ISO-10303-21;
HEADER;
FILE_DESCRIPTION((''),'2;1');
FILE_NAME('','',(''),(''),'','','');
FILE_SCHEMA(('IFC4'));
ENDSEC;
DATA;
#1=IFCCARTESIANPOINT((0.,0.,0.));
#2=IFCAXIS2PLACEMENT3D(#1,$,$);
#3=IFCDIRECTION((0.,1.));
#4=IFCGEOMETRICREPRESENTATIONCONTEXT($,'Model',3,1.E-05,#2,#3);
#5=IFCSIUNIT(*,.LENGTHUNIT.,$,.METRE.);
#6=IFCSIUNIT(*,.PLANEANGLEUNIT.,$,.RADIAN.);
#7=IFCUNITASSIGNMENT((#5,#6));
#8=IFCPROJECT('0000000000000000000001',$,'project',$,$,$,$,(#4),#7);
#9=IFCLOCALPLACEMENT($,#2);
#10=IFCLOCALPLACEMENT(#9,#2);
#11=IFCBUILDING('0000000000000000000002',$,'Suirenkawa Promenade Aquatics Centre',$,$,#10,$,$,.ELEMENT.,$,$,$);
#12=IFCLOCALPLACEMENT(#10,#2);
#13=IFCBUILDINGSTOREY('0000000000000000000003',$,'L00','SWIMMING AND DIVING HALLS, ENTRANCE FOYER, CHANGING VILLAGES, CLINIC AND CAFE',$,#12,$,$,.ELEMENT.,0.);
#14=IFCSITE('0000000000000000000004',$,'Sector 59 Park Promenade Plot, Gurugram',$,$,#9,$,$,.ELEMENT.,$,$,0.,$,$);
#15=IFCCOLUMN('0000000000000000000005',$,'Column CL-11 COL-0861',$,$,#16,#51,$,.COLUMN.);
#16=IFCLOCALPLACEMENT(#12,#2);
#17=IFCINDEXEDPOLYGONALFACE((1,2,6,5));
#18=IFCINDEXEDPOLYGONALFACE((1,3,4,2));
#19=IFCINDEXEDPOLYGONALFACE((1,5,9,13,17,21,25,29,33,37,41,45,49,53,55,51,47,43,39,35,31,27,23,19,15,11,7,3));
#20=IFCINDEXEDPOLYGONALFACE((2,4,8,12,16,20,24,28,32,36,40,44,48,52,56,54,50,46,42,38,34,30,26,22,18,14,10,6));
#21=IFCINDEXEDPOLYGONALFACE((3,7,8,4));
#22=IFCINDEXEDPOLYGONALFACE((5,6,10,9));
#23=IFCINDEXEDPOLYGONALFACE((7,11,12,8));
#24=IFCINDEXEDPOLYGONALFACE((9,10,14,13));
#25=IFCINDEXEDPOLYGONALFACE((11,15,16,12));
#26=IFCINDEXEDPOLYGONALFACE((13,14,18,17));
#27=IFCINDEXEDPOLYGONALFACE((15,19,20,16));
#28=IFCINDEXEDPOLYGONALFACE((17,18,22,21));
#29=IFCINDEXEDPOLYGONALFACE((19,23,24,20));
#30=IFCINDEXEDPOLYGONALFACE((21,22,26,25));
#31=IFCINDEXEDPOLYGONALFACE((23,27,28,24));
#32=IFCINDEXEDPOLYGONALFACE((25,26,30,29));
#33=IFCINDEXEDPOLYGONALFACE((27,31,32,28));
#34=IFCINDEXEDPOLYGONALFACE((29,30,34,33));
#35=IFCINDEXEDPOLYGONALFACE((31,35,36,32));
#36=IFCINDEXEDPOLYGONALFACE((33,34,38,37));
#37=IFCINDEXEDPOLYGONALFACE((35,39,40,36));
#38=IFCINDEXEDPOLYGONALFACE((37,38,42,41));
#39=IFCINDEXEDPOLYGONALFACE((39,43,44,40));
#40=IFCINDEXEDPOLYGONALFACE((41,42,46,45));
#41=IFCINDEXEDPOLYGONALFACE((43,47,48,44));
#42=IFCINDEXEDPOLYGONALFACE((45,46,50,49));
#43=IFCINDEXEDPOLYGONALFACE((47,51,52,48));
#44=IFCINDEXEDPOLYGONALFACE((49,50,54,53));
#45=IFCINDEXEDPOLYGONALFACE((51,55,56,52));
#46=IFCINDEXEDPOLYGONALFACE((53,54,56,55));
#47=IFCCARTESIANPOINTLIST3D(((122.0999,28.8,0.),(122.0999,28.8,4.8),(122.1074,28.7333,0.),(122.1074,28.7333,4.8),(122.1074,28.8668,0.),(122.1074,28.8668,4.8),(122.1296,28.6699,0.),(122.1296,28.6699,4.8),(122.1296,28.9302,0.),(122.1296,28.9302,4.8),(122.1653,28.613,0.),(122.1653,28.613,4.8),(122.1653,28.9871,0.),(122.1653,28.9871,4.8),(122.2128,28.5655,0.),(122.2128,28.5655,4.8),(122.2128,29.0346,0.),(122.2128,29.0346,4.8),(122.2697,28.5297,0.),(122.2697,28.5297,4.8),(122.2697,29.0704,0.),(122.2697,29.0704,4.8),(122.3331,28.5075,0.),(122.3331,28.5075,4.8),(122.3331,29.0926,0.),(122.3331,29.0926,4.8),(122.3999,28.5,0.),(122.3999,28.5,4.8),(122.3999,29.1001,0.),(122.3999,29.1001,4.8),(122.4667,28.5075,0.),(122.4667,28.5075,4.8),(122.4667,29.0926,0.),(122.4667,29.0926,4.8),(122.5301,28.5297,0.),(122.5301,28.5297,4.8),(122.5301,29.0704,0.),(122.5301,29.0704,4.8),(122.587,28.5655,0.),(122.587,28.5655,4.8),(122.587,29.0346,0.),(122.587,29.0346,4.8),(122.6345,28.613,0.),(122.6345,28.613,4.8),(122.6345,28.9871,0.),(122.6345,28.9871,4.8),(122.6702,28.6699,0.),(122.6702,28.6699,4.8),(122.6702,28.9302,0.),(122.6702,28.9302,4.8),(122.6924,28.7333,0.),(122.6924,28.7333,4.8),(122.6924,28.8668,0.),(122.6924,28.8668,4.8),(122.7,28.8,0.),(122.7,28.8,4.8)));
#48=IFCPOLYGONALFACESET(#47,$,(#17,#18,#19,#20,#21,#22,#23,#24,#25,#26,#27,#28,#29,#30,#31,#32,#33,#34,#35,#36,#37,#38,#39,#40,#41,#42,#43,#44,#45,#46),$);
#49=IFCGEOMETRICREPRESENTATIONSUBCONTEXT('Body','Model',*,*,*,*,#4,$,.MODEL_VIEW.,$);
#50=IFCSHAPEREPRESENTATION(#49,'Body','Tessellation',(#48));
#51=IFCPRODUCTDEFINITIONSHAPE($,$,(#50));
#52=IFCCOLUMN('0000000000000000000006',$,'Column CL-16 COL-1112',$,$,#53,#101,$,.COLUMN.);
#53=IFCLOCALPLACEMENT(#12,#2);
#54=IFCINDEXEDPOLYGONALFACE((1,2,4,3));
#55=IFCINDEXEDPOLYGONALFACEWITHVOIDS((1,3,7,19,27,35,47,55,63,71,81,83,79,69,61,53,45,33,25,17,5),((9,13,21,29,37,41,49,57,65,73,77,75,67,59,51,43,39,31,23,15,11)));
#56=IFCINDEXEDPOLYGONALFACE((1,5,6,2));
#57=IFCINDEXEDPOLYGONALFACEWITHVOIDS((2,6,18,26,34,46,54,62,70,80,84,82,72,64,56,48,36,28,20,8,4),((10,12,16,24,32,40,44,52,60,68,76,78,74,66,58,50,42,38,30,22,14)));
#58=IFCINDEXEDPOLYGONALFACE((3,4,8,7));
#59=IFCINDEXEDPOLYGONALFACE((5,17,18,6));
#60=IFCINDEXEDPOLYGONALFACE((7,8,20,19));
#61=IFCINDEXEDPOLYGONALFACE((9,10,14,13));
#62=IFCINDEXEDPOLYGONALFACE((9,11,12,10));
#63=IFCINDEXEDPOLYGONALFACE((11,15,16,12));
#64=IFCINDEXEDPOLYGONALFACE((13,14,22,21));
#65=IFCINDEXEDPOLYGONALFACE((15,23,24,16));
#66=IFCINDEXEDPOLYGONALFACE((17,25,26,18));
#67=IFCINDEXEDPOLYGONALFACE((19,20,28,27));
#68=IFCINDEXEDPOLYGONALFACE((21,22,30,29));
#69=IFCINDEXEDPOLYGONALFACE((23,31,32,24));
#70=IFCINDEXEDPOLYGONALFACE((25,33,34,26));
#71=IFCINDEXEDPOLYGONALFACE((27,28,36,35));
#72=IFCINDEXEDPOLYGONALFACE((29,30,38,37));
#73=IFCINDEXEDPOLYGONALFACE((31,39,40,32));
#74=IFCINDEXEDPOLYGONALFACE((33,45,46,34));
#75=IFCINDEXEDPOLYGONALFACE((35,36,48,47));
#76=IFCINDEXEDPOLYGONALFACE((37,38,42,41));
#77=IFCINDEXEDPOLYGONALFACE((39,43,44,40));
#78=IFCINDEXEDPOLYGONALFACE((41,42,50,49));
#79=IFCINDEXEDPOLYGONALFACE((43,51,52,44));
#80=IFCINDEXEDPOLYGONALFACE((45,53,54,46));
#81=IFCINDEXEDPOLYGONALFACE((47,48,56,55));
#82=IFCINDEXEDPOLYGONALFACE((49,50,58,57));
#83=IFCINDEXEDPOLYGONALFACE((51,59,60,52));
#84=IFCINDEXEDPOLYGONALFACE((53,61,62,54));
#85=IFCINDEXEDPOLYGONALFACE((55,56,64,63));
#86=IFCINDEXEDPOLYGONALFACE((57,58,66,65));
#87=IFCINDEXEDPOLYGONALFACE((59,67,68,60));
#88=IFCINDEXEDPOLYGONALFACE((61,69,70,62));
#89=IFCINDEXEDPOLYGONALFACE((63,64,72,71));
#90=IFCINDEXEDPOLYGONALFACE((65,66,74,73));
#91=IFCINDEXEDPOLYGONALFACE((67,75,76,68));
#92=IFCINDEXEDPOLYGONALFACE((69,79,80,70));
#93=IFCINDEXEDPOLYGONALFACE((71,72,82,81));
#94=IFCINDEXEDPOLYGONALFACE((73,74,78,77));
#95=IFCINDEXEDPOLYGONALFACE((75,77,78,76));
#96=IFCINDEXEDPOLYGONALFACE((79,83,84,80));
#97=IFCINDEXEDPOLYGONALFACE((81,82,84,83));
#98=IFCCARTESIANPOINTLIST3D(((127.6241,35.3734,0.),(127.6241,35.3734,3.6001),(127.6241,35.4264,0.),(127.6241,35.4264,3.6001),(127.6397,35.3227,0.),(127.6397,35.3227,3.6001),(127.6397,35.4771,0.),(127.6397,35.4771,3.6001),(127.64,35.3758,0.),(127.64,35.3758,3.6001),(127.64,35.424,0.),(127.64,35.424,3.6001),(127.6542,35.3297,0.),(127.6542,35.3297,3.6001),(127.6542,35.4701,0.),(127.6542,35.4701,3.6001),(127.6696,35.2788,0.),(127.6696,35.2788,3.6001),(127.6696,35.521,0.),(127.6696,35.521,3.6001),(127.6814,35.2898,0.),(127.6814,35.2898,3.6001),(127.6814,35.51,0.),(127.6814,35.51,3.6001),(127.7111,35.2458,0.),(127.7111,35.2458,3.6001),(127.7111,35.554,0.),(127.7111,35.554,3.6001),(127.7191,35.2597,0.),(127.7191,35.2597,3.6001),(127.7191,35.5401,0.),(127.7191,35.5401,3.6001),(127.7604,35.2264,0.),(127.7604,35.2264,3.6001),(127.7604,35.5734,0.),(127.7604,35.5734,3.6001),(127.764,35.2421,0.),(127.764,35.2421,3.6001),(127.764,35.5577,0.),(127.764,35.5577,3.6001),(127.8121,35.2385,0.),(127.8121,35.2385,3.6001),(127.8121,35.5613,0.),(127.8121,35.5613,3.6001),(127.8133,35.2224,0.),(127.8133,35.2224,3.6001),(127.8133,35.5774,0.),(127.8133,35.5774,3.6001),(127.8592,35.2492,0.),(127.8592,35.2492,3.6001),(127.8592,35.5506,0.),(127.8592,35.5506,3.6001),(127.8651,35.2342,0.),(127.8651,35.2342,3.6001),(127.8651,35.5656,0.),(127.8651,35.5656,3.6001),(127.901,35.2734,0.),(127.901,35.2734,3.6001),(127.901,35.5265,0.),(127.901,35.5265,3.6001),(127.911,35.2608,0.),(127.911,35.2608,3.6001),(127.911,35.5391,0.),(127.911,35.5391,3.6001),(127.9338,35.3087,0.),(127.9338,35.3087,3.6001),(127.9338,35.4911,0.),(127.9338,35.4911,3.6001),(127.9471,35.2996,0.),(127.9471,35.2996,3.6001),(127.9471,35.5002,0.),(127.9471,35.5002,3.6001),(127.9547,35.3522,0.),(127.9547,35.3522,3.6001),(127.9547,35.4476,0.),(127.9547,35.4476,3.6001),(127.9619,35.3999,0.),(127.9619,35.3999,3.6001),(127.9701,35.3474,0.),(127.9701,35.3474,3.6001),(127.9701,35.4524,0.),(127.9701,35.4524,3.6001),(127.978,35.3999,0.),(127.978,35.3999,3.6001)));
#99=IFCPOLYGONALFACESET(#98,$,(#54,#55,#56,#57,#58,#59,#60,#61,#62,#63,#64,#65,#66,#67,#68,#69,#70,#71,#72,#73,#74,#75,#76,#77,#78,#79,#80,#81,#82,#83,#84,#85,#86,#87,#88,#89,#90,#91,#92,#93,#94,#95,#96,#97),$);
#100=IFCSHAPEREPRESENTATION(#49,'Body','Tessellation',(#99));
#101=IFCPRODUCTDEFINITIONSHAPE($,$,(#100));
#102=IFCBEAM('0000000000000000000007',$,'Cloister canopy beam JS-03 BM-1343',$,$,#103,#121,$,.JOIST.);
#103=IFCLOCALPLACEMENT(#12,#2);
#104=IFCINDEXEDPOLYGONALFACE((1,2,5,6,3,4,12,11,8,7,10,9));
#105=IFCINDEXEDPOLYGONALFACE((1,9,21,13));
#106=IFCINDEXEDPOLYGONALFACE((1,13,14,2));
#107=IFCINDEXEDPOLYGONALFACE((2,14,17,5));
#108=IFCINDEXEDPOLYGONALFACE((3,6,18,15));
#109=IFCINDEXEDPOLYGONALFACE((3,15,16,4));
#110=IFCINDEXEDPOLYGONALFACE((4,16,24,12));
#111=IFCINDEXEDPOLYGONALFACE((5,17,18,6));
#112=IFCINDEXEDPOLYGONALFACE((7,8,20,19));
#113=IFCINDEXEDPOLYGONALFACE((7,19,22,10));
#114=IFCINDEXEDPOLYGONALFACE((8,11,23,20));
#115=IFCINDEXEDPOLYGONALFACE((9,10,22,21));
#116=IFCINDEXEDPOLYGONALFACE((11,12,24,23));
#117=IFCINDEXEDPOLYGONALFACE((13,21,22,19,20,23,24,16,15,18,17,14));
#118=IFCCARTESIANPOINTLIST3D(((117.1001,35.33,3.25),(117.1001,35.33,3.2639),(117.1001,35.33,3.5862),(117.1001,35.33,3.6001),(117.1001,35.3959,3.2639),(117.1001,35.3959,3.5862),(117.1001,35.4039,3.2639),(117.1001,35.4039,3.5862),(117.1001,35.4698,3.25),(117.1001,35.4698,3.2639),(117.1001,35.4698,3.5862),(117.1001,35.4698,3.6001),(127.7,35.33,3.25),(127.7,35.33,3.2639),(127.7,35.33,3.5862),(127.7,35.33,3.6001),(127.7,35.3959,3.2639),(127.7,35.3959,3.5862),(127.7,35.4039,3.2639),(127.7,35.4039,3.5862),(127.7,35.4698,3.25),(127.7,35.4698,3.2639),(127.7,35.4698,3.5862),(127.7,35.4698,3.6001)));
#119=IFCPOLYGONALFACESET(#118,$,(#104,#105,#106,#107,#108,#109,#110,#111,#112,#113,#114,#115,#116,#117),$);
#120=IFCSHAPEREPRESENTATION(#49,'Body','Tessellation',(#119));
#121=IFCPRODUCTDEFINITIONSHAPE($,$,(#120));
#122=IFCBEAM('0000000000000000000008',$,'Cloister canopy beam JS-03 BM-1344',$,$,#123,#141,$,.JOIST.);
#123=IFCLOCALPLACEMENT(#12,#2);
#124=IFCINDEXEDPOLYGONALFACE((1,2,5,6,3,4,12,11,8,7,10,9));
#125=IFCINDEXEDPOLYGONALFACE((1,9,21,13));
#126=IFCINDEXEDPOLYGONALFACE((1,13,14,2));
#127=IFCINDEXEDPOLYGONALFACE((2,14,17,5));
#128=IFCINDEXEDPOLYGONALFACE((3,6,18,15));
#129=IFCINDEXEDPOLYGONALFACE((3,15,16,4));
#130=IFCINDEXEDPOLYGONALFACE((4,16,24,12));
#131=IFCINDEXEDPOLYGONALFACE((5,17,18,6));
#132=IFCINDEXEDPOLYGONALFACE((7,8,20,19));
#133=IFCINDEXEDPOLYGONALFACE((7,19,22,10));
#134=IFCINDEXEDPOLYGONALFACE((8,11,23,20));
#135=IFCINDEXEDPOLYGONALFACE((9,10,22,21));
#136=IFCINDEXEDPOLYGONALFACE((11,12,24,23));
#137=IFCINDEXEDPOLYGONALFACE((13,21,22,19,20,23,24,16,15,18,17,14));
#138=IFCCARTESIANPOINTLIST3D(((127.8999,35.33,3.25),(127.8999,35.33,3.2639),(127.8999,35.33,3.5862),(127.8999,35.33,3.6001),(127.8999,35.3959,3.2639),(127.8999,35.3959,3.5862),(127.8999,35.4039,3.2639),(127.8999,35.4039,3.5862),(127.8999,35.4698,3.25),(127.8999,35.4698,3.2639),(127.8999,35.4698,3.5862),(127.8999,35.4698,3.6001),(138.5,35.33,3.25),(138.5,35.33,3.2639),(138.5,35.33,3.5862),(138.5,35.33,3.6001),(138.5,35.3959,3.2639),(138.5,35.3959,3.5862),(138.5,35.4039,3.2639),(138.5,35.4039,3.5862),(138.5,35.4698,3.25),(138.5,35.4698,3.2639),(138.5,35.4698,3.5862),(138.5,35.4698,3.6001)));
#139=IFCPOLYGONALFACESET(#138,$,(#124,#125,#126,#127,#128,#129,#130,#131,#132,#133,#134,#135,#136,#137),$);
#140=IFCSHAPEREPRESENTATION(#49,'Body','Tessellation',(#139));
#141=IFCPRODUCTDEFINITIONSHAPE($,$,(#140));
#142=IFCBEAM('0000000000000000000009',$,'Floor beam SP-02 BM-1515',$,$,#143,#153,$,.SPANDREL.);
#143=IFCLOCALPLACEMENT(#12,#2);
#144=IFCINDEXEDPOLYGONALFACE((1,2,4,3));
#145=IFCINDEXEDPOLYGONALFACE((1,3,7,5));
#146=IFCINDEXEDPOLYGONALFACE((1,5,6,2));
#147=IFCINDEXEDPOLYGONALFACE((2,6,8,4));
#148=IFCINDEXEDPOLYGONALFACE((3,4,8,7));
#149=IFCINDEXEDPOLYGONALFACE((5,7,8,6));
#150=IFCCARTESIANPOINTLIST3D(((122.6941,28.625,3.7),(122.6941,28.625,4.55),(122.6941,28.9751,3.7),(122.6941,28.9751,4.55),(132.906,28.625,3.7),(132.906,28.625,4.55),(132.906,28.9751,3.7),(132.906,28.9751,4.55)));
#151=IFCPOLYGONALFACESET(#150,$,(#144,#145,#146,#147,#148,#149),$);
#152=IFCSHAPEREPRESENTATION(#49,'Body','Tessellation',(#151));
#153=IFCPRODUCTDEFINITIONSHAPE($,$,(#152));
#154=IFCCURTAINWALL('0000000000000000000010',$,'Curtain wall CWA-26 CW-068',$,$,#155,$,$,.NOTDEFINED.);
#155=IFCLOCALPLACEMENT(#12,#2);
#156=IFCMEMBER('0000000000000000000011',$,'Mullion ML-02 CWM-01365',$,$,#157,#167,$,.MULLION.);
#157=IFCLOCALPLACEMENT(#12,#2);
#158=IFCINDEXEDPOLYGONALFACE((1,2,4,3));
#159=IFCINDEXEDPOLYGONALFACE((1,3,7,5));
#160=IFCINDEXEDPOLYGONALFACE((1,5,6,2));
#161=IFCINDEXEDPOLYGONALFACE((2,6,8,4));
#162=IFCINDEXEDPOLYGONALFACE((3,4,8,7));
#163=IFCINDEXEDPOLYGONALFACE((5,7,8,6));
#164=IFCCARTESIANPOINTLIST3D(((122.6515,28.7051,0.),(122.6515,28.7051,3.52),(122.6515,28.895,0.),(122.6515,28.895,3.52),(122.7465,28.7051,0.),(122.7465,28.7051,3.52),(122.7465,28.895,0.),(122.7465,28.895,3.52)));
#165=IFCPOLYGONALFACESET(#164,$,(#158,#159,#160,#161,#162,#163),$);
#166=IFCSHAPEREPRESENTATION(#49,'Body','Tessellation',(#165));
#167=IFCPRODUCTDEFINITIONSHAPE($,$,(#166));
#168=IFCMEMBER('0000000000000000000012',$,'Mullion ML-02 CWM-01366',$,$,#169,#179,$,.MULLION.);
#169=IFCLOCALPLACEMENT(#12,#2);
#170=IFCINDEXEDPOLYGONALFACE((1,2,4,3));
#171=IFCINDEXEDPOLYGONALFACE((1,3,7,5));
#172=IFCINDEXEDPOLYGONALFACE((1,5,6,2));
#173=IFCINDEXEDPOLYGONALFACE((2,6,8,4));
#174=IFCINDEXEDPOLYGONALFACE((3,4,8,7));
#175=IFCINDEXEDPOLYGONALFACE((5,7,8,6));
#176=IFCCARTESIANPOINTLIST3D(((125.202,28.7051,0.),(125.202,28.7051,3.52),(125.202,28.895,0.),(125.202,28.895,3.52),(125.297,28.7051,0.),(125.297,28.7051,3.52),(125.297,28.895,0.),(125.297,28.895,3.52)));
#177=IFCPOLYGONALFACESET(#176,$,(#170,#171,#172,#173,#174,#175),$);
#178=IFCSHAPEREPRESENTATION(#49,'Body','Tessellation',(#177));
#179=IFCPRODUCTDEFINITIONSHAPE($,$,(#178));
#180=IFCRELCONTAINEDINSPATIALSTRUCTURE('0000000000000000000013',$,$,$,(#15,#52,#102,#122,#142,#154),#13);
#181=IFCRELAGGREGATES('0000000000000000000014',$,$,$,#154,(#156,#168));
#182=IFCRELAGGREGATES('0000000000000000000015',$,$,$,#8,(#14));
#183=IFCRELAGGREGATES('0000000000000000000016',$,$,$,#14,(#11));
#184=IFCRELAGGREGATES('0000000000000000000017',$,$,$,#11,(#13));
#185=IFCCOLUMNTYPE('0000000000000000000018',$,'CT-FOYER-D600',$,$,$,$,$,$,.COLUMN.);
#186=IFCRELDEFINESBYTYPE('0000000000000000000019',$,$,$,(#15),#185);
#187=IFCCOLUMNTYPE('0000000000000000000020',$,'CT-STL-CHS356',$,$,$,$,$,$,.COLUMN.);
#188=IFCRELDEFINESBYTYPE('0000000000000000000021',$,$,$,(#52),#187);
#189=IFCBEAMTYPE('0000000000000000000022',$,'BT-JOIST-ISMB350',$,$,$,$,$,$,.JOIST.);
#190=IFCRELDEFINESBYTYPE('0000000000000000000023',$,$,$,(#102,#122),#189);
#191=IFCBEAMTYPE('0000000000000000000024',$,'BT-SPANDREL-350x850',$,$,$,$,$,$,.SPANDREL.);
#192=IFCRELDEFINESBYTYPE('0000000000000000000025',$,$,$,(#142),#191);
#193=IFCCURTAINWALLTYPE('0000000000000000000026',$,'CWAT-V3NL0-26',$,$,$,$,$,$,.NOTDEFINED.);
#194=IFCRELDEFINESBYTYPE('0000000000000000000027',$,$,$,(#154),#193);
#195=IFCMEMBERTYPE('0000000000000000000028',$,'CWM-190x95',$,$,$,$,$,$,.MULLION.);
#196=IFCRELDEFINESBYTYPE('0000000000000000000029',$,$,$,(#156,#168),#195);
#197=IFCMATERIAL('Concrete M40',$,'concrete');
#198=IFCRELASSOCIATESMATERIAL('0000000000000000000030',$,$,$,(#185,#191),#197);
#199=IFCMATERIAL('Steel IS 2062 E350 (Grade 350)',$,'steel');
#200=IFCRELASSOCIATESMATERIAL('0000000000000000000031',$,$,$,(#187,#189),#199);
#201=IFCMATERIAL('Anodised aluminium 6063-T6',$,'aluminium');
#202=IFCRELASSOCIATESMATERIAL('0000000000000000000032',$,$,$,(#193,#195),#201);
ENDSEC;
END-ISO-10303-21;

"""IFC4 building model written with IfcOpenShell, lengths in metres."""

from ifc_helpers import new_model, si_unit, direction, frame, origin, origin_2d, place, context, subcontext, project, spatial, rectangle, circle, hollow_circle, i_section, extrude, material, material_profile, profile_set, type_object, element, aggregate, save


model = new_model("IFC4")

# Units and contexts
model_context = context("Model", 3, precision=1e-05, world=origin(), true_north=direction((0.0, 1.0)))
body_context = subcontext(model_context, "Body", "Model", "MODEL_VIEW")
ifc_project = project(units=[si_unit("LENGTHUNIT", "METRE"), si_unit("PLANEANGLEUNIT", "RADIAN")], contexts=[model_context])

# Site, building, storey
site_placement = place(None, origin())
site = spatial("IfcSite", under=ifc_project, at=site_placement, Name="Sector 59 Park Promenade Plot, Gurugram", CompositionType="ELEMENT", RefElevation=0.0)
building_placement = place(site_placement, origin())
building = spatial("IfcBuilding", under=site, at=building_placement, Name="Suirenkawa Promenade Aquatics Centre", CompositionType="ELEMENT")
storey_placement = place(building_placement, origin())
storey = spatial("IfcBuildingStorey", under=building, at=storey_placement, Name="L00", Description="SWIMMING AND DIVING HALLS, ENTRANCE FOYER, CHANGING VILLAGES, CLINIC AND CAFE", CompositionType="ELEMENT", Elevation=0.0)

# Columns
ifc_material_1 = material(Name="Concrete M40", Category="concrete")
ifc_material_profile_1 = material_profile(ifc_material_1, circle(Radius=0.3, at=origin_2d()), Name="RC FOYER D600", Category="concrete")
ifc_profile_set_1 = profile_set([ifc_material_profile_1], Name="Concrete M40")
column_type_1 = type_object("IfcColumnType", Name="CT-FOYER-D600", PredefinedType="COLUMN", material=ifc_profile_set_1)
column_1_placement = place(storey_placement, frame((122.3999, 28.8, 0.0), z_axis=(0.0, 0.0, 1.0), x_axis=(1.0, 0.0, 0.0)))
element("IfcColumn", 1, at=column_1_placement, inside=storey, type_object=column_type_1, Name="Column CL-11 COL-0861", PredefinedType="COLUMN", context=body_context, shape_type="SweptSolid", body=[
    extrude(circle(Radius=0.3, at=origin_2d()), origin(), (0.0, 0.0, 1.0), 4.8),
])
ifc_material_2 = material(Name="Steel IS 2062 E350 (Grade 350)", Category="steel")
ifc_material_profile_2 = material_profile(ifc_material_2, hollow_circle(Radius=0.178, WallThickness=0.0161, at=origin_2d()), Name="CHS 356x16", Category="steel")
ifc_profile_set_2 = profile_set([ifc_material_profile_2], Name="Steel IS 2062 E350 (Grade 350)")
column_type_2 = type_object("IfcColumnType", Name="CT-STL-CHS356", PredefinedType="COLUMN", material=ifc_profile_set_2)
column_2_placement = place(storey_placement, frame((127.8, 35.3999, 0.0), z_axis=(0.0, 0.0, 1.0), x_axis=(1.0, 0.0, 0.0)))
element("IfcColumn", 2, at=column_2_placement, inside=storey, type_object=column_type_2, Name="Column CL-16 COL-1112", PredefinedType="COLUMN", context=body_context, shape_type="SweptSolid", body=[
    extrude(hollow_circle(Radius=0.178, WallThickness=0.0161, at=origin_2d()), origin(), (0.0, 0.0, 1.0), 3.6001),
])

# Beams
ifc_material_profile_3 = material_profile(ifc_material_2, i_section(OverallWidth=0.1399, OverallDepth=0.3501, WebThickness=0.0081, FlangeThickness=0.0139, at=origin_2d()), Name="ISMB 350", Category="steel")
ifc_profile_set_3 = profile_set([ifc_material_profile_3], Name="Steel IS 2062 E350 (Grade 350)")
beam_type_1 = type_object("IfcBeamType", Name="BT-JOIST-ISMB350", PredefinedType="JOIST", material=ifc_profile_set_3)
beam_1_placement = place(storey_placement, frame((117.1001, 35.3999, 3.425), z_axis=(1.0, 0.0, 0.0), x_axis=(0.0, 1.0, 0.0)))
element("IfcBeam", 3, at=beam_1_placement, inside=storey, type_object=beam_type_1, Name="Cloister canopy beam JS-03 BM-1343", PredefinedType="JOIST", context=body_context, shape_type="SweptSolid", body=[
    extrude(i_section(OverallWidth=0.1399, OverallDepth=0.3501, WebThickness=0.0081, FlangeThickness=0.0139, at=origin_2d()), origin(), (0.0, 0.0, 1.0), 10.5999),
])
beam_2_placement = place(storey_placement, frame((127.8999, 35.3999, 3.425), z_axis=(1.0, 0.0, 0.0), x_axis=(0.0, 1.0, 0.0)))
element("IfcBeam", 4, at=beam_2_placement, inside=storey, type_object=beam_type_1, Name="Cloister canopy beam JS-03 BM-1344", PredefinedType="JOIST", context=body_context, shape_type="SweptSolid", body=[
    extrude(i_section(OverallWidth=0.1399, OverallDepth=0.3501, WebThickness=0.0081, FlangeThickness=0.0139, at=origin_2d()), origin(), (0.0, 0.0, 1.0), 10.6001),
])
ifc_material_profile_4 = material_profile(ifc_material_1, rectangle(XDim=0.3501, YDim=0.8501, at=origin_2d()), Name="RC SPANDREL 350x850", Category="concrete")
ifc_profile_set_4 = profile_set([ifc_material_profile_4], Name="Concrete M40")
beam_type_2 = type_object("IfcBeamType", Name="BT-SPANDREL-350x850", PredefinedType="SPANDREL", material=ifc_profile_set_4)
beam_3_placement = place(storey_placement, frame((122.6941, 28.8, 4.125), z_axis=(1.0, 0.0, 0.0), x_axis=(0.0, 1.0, 0.0)))
element("IfcBeam", 5, at=beam_3_placement, inside=storey, type_object=beam_type_2, Name="Floor beam SP-02 BM-1515", PredefinedType="SPANDREL", context=body_context, shape_type="SweptSolid", body=[
    extrude(rectangle(XDim=0.3501, YDim=0.8501, at=origin_2d()), origin(), (0.0, 0.0, 1.0), 10.2119),
])

# Curtain wall, members
ifc_material_3 = material(Name="Anodised aluminium 6063-T6", Category="aluminium")
curtain_wall_type_1 = type_object("IfcCurtainWallType", Name="CWAT-V3NL0-26", PredefinedType="NOTDEFINED", material=ifc_material_3)
curtain_wall_1_placement = place(storey_placement, origin())
curtain_wall_1 = element("IfcCurtainWall", 6, at=curtain_wall_1_placement, inside=storey, type_object=curtain_wall_type_1, Name="Curtain wall CWA-26 CW-068", PredefinedType="NOTDEFINED")
ifc_material_profile_5 = material_profile(ifc_material_3, rectangle(XDim=0.095, YDim=0.1899, at=origin_2d()), Name="ALU MULL 95x190", Category="aluminium")
ifc_profile_set_5 = profile_set([ifc_material_profile_5], Name="Anodised aluminium 6063-T6")
member_type_1 = type_object("IfcMemberType", Name="CWM-190x95", PredefinedType="MULLION", material=ifc_profile_set_5)
member_1_placement = place(storey_placement, frame((122.699, 28.8, 0.0), z_axis=(0.0, 0.0, 1.0), x_axis=(1.0, 0.0, 0.0)))
member_1 = element("IfcMember", 7, at=member_1_placement, type_object=member_type_1, Name="Mullion ML-02 CWM-01365", PredefinedType="MULLION", context=body_context, shape_type="SweptSolid", body=[
    extrude(rectangle(XDim=0.095, YDim=0.1899, at=origin_2d()), origin(), (0.0, 0.0, 1.0), 3.52),
])
member_2_placement = place(storey_placement, frame((125.2495, 28.8, 0.0), z_axis=(0.0, 0.0, 1.0), x_axis=(1.0, 0.0, 0.0)))
member_2 = element("IfcMember", 8, at=member_2_placement, type_object=member_type_1, Name="Mullion ML-02 CWM-01366", PredefinedType="MULLION", context=body_context, shape_type="SweptSolid", body=[
    extrude(rectangle(XDim=0.095, YDim=0.1899, at=origin_2d()), origin(), (0.0, 0.0, 1.0), 3.52),
])

aggregate(curtain_wall_1, [member_1, member_2])

save(model, "model.ifc")
